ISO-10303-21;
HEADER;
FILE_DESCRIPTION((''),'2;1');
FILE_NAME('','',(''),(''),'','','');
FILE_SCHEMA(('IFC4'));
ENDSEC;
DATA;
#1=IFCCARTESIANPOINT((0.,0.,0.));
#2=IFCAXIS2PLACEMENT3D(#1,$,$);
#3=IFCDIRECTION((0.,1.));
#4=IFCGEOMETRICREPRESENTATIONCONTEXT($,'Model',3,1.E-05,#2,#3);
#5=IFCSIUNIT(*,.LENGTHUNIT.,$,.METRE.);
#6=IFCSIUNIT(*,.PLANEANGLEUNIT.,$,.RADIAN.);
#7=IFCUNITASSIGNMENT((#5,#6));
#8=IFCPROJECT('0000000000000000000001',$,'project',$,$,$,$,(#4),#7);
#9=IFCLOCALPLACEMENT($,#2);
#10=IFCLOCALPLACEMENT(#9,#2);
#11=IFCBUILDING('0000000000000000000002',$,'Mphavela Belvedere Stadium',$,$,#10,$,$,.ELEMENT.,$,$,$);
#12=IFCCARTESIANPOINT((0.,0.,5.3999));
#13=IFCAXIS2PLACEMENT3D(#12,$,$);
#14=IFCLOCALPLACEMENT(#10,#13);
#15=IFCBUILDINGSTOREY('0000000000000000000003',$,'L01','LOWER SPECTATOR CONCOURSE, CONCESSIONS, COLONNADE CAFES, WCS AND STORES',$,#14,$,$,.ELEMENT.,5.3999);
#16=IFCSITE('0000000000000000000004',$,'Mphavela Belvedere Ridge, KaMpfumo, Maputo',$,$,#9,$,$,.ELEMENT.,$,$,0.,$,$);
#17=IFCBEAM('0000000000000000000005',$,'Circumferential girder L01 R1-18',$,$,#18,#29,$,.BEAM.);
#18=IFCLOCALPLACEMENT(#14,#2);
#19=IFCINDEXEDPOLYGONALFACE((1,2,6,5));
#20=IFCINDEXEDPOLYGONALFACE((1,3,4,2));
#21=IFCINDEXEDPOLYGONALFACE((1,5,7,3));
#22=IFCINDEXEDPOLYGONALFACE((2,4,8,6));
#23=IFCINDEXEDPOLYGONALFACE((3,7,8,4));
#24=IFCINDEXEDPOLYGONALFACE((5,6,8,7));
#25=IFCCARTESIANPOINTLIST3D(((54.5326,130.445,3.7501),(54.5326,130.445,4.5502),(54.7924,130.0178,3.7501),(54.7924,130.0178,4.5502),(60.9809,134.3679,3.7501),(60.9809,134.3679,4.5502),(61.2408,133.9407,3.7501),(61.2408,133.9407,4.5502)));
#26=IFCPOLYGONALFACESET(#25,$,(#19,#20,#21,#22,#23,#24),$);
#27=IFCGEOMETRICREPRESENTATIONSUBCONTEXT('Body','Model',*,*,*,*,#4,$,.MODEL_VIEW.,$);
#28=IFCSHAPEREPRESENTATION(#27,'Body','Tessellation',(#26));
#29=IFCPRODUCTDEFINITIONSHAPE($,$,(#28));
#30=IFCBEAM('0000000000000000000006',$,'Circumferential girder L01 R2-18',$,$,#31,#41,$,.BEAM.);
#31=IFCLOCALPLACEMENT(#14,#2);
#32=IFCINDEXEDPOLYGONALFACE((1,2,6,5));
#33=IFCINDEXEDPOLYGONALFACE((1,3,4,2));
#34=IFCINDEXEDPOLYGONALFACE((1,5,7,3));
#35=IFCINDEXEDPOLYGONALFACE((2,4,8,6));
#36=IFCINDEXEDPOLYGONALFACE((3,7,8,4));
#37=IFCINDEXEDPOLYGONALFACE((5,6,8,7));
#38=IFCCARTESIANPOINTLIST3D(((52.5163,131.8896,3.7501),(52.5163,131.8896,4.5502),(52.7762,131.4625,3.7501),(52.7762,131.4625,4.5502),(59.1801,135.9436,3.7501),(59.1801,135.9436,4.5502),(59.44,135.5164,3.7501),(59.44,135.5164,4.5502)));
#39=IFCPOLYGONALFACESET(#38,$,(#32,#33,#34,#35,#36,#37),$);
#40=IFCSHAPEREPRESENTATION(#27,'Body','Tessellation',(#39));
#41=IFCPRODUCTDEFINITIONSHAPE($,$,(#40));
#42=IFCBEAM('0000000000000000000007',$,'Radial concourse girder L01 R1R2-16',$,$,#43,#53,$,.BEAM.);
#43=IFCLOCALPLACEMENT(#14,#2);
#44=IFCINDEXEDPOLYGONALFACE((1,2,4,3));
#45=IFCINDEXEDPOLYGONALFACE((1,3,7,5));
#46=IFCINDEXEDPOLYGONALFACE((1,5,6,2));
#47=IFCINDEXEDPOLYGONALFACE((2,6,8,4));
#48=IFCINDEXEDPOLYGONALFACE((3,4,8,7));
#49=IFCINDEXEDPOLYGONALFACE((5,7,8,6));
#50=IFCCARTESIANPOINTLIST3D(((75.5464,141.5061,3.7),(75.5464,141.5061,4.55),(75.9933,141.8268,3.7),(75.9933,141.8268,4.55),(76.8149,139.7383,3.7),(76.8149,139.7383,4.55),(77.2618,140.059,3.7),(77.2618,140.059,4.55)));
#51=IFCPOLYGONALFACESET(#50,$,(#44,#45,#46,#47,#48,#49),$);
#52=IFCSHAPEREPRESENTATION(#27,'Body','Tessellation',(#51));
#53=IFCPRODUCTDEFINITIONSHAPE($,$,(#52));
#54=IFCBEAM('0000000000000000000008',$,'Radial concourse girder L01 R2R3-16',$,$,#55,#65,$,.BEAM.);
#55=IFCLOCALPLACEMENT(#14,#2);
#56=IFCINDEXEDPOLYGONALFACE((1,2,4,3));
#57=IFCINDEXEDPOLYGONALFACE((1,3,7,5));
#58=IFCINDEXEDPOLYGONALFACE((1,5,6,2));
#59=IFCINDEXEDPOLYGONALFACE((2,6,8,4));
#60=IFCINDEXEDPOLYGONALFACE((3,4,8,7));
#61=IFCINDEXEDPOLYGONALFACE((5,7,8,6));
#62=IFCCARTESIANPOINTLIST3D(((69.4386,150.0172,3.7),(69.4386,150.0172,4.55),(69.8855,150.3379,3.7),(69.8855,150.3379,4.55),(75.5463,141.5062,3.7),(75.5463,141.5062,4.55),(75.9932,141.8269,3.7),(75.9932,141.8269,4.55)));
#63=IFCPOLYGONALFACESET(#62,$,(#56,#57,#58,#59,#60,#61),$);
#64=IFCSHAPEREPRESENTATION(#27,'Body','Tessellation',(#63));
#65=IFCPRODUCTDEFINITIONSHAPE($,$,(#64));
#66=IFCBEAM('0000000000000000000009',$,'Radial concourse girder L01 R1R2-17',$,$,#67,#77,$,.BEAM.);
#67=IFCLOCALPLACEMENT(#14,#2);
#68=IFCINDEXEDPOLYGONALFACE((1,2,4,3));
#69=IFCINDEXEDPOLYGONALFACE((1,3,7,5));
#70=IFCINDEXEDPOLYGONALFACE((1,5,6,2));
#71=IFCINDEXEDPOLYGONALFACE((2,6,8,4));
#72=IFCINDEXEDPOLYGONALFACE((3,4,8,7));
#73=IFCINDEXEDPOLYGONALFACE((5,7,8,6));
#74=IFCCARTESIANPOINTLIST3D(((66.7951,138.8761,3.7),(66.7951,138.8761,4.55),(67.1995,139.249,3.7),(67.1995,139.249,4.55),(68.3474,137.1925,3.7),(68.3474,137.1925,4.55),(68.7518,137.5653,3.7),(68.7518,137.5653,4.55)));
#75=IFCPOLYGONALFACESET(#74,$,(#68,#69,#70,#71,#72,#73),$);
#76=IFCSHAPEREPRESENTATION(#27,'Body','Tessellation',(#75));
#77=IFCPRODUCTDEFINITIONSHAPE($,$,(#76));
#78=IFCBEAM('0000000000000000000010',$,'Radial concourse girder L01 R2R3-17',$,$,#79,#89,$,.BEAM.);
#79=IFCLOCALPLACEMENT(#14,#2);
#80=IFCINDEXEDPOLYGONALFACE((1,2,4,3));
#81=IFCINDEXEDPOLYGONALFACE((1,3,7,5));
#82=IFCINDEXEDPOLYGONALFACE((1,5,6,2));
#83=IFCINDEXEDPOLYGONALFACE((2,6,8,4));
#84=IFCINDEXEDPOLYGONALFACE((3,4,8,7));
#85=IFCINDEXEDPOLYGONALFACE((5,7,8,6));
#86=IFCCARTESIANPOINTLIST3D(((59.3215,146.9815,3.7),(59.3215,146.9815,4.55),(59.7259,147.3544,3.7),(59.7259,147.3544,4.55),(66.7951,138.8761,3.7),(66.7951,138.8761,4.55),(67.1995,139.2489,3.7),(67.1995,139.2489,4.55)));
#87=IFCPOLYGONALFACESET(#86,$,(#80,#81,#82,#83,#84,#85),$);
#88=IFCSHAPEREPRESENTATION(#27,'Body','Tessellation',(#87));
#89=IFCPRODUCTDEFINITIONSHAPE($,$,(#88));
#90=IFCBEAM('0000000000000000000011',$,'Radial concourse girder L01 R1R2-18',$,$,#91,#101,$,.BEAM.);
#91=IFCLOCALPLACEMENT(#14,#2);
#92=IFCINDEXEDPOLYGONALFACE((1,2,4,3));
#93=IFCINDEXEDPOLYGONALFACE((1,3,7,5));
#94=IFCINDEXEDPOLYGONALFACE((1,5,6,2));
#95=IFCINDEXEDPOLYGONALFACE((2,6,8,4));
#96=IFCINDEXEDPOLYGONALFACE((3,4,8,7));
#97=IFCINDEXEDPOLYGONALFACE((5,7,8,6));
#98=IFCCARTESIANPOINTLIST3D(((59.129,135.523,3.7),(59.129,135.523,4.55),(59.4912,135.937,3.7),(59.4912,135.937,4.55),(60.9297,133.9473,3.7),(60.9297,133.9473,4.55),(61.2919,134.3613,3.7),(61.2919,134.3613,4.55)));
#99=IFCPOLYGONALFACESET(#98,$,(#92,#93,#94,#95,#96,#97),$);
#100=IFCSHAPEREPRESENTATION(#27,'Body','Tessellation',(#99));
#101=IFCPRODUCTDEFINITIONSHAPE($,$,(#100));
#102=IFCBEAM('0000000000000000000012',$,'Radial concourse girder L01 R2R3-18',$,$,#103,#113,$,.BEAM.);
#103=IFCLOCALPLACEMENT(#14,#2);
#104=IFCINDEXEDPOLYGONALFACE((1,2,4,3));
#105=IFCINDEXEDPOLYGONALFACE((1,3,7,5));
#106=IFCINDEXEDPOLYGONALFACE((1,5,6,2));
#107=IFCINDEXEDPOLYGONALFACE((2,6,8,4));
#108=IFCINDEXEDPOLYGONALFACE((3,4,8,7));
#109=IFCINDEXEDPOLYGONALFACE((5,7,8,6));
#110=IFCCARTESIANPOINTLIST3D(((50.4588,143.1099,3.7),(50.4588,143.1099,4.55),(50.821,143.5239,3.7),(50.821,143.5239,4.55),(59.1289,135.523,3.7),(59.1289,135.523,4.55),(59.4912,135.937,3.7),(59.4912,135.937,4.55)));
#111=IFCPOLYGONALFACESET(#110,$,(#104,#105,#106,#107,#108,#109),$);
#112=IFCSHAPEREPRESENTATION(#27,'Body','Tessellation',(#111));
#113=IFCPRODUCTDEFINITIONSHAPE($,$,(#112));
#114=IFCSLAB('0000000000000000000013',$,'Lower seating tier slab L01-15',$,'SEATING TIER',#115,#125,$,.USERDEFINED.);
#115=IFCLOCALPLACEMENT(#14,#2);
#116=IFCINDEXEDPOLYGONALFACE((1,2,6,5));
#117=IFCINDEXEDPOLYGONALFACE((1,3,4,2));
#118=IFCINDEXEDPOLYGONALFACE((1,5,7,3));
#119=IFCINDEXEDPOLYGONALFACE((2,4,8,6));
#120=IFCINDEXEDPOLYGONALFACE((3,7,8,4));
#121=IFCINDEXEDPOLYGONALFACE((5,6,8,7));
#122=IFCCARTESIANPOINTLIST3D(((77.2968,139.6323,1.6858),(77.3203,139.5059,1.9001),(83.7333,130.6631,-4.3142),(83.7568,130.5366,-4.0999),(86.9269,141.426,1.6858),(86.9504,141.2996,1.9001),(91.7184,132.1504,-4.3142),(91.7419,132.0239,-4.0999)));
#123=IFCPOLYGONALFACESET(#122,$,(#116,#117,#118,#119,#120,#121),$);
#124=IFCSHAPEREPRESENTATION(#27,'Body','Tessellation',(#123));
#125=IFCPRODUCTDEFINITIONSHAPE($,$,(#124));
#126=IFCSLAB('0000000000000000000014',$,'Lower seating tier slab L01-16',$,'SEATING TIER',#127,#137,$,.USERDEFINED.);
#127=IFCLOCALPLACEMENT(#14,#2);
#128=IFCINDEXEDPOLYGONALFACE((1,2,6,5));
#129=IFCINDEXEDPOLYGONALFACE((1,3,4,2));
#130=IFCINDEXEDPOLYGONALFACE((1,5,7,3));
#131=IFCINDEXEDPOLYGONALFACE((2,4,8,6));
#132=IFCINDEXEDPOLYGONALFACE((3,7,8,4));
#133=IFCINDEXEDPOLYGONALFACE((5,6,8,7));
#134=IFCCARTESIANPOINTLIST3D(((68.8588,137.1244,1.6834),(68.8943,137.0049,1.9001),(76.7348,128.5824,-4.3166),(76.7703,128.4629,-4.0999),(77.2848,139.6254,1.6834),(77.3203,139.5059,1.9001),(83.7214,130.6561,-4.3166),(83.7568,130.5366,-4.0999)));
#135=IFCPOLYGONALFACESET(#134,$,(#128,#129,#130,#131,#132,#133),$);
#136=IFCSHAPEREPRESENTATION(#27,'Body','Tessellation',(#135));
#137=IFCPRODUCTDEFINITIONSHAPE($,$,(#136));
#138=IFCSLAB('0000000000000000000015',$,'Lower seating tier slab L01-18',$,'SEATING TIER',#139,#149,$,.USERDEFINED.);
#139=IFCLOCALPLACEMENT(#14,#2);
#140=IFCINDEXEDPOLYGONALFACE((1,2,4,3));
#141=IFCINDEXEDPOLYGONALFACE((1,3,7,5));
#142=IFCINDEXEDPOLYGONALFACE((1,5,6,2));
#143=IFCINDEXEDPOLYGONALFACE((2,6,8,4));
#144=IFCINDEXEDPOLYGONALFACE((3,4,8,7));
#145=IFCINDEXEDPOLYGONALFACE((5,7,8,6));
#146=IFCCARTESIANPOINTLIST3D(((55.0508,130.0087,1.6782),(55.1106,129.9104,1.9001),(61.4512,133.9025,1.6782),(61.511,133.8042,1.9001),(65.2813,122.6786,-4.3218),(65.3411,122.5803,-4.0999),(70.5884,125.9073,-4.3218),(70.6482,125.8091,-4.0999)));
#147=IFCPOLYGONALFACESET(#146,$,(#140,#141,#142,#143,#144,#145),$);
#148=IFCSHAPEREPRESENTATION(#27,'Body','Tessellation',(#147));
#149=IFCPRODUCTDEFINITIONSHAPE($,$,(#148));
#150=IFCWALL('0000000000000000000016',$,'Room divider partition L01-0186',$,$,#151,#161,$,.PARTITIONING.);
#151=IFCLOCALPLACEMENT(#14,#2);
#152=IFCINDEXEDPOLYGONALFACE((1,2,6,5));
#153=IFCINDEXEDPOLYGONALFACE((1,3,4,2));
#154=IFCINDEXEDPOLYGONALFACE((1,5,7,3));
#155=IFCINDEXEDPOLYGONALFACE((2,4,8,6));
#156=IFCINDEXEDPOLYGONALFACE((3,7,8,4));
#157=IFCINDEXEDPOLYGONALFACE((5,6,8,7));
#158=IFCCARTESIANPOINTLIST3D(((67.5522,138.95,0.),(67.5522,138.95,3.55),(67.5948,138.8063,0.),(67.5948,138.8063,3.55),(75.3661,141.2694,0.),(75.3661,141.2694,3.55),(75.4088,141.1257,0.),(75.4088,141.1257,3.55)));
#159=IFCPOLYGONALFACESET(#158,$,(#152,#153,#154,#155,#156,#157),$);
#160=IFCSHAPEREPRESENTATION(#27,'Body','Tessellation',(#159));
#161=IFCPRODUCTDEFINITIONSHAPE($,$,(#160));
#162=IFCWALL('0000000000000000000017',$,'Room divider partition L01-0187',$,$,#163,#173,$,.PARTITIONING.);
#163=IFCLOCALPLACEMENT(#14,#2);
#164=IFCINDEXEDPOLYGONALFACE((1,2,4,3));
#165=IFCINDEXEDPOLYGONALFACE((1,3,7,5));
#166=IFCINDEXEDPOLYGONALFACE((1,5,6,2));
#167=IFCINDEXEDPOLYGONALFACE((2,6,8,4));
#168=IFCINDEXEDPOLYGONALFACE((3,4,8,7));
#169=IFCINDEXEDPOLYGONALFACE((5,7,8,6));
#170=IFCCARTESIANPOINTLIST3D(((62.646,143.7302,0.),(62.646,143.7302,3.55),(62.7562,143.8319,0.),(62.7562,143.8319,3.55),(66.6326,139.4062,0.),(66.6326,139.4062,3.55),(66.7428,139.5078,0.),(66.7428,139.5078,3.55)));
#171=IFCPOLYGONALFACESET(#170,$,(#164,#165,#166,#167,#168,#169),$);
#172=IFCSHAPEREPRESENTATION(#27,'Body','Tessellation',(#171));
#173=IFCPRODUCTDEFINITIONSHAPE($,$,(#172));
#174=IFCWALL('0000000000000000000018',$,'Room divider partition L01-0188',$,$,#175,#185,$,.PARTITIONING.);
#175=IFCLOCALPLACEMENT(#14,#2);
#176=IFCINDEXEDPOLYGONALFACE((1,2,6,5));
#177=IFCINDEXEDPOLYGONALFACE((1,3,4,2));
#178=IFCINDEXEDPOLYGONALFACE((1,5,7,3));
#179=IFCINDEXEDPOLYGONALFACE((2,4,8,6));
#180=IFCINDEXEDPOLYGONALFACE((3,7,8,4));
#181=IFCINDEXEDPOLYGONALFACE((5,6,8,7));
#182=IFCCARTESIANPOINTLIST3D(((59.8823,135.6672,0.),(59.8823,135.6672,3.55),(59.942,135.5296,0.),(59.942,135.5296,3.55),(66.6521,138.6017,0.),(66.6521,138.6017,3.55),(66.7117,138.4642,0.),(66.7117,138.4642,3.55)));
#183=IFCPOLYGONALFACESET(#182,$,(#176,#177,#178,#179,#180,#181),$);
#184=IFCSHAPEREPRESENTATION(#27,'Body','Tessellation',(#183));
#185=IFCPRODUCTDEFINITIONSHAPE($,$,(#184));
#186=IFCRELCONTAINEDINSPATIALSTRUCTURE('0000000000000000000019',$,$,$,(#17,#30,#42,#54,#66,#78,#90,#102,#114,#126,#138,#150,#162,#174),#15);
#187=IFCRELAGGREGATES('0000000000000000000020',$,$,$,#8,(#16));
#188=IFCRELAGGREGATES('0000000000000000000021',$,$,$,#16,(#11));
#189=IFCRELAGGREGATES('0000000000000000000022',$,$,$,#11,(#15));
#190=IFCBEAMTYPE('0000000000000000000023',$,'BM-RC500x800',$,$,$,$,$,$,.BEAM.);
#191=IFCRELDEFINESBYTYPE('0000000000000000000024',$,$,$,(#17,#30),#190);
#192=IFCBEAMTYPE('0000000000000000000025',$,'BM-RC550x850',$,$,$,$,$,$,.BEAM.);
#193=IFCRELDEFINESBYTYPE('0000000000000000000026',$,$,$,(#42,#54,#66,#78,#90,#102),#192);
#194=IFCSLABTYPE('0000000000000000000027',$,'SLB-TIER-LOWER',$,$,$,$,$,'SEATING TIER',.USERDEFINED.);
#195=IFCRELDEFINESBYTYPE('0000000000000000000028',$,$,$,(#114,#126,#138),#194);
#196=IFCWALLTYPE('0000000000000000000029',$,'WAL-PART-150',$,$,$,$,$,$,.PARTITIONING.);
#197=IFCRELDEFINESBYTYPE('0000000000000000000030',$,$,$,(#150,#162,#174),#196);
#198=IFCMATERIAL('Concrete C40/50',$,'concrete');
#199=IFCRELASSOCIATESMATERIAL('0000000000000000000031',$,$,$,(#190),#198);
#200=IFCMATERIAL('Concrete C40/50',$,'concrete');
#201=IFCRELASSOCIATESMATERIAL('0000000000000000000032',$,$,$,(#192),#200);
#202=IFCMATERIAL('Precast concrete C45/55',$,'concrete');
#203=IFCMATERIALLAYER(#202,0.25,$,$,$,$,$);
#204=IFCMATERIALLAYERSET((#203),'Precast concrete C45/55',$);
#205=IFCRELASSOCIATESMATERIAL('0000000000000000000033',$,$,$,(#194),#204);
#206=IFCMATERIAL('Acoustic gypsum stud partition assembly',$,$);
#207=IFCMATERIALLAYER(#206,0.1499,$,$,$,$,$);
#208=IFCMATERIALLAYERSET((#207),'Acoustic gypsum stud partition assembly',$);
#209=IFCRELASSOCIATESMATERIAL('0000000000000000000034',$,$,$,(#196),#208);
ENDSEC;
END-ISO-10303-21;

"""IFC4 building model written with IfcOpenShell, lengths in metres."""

from ifc_helpers import new_model, si_unit, direction, frame, frame_2d, origin, origin_2d, place, context, subcontext, project, spatial, polyline, rectangle, outline, extrude, material, layer, layer_set, material_profile, profile_set, type_object, element, save


model = new_model("IFC4")

# Units and contexts
model_context = context("Model", 3, precision=1e-05, world=origin(), true_north=direction((0.0, 1.0)))
body_context = subcontext(model_context, "Body", "Model", "MODEL_VIEW")
ifc_project = project(units=[si_unit("LENGTHUNIT", "METRE"), si_unit("PLANEANGLEUNIT", "RADIAN")], contexts=[model_context])

# Site, building, storey
site_placement = place(None, origin())
site = spatial("IfcSite", under=ifc_project, at=site_placement, Name="Mphavela Belvedere Ridge, KaMpfumo, Maputo", CompositionType="ELEMENT", RefElevation=0.0)
building_placement = place(site_placement, origin())
building = spatial("IfcBuilding", under=site, at=building_placement, Name="Mphavela Belvedere Stadium", CompositionType="ELEMENT")
storey_placement = place(building_placement, frame((0.0, 0.0, 5.3999)))
storey = spatial("IfcBuildingStorey", under=building, at=storey_placement, Name="L01", Description="LOWER SPECTATOR CONCOURSE, CONCESSIONS, COLONNADE CAFES, WCS AND STORES", CompositionType="ELEMENT", Elevation=5.3999)

# Beams
ifc_material_1 = material(Name="Concrete C40/50", Category="concrete")
ifc_material_profile_1 = material_profile(ifc_material_1, rectangle(XDim=0.5, YDim=0.8, at=origin_2d()), Name="RC 500x800")
ifc_profile_set_1 = profile_set([ifc_material_profile_1], Name="Concrete C40/50")
beam_type_1 = type_object("IfcBeamType", Name="BM-RC500x800", PredefinedType="BEAM", material=ifc_profile_set_1)
beam_1_placement = place(storey_placement, frame((61.1108, 134.1543, 4.1501), z_axis=(-0.854326, -0.519738, 0.0), x_axis=(0.519738, -0.854326, 0.0)))
element("IfcBeam", 1, at=beam_1_placement, inside=storey, type_object=beam_type_1, Name="Circumferential girder L01 R1-18", PredefinedType="BEAM", context=body_context, shape_type="SweptSolid", body=[
    extrude(rectangle(XDim=0.5, YDim=0.8, at=origin_2d()), origin(), (0.0, 0.0, 1.0), 7.5479),
])
beam_2_placement = place(storey_placement, frame((59.3101, 135.73, 4.1501), z_axis=(-0.854328, -0.519733, 0.0), x_axis=(0.519733, -0.854328, 0.0)))
element("IfcBeam", 2, at=beam_2_placement, inside=storey, type_object=beam_type_1, Name="Circumferential girder L01 R2-18", PredefinedType="BEAM", context=body_context, shape_type="SweptSolid", body=[
    extrude(rectangle(XDim=0.5, YDim=0.8, at=origin_2d()), origin(), (0.0, 0.0, 1.0), 7.8),
])
ifc_material_2 = material(Name="Concrete C40/50", Category="concrete")
ifc_material_profile_2 = material_profile(ifc_material_2, rectangle(XDim=0.55, YDim=0.8501, at=origin_2d()), Name="RC 550x850")
ifc_profile_set_2 = profile_set([ifc_material_profile_2], Name="Concrete C40/50")
beam_type_2 = type_object("IfcBeamType", Name="BM-RC550x850", PredefinedType="BEAM", material=ifc_profile_set_2)
beam_3_placement = place(storey_placement, frame((77.0383, 139.8987, 4.125), z_axis=(-0.583009, 0.812465, 0.0), x_axis=(-0.812465, -0.583009, 0.0)))
element("IfcBeam", 3, at=beam_3_placement, inside=storey, type_object=beam_type_2, Name="Radial concourse girder L01 R1R2-16", PredefinedType="BEAM", context=body_context, shape_type="SweptSolid", body=[
    extrude(rectangle(XDim=0.55, YDim=0.8501, at=origin_2d()), origin(), (0.0, 0.0, 1.0), 2.1758),
])
beam_4_placement = place(storey_placement, frame((75.7698, 141.6665, 4.125), z_axis=(-0.583031, 0.81245, 0.0), x_axis=(-0.81245, -0.583031, 0.0)))
element("IfcBeam", 4, at=beam_4_placement, inside=storey, type_object=beam_type_2, Name="Radial concourse girder L01 R2R3-16", PredefinedType="BEAM", context=body_context, shape_type="SweptSolid", body=[
    extrude(rectangle(XDim=0.55, YDim=0.8501, at=origin_2d()), origin(), (0.0, 0.0, 1.0), 10.4758),
])
beam_5_placement = place(storey_placement, frame((68.5496, 137.3789, 4.125), z_axis=(-0.677846, 0.735204, 0.0), x_axis=(-0.735204, -0.677846, 0.0)))
element("IfcBeam", 5, at=beam_5_placement, inside=storey, type_object=beam_type_2, Name="Radial concourse girder L01 R1R2-17", PredefinedType="BEAM", context=body_context, shape_type="SweptSolid", body=[
    extrude(rectangle(XDim=0.55, YDim=0.8501, at=origin_2d()), origin(), (0.0, 0.0, 1.0), 2.29),
])
beam_6_placement = place(storey_placement, frame((66.9973, 139.0625, 4.125), z_axis=(-0.677872, 0.73518, 0.0), x_axis=(-0.73518, -0.677872, 0.0)))
element("IfcBeam", 6, at=beam_6_placement, inside=storey, type_object=beam_type_2, Name="Radial concourse girder L01 R2R3-17", PredefinedType="BEAM", context=body_context, shape_type="SweptSolid", body=[
    extrude(rectangle(XDim=0.55, YDim=0.8501, at=origin_2d()), origin(), (0.0, 0.0, 1.0), 11.0251),
])
beam_7_placement = place(storey_placement, frame((61.1108, 134.1543, 4.125), z_axis=(-0.752577, 0.658505, 0.0), x_axis=(-0.658505, -0.752577, 0.0)))
element("IfcBeam", 7, at=beam_7_placement, inside=storey, type_object=beam_type_2, Name="Radial concourse girder L01 R1R2-18", PredefinedType="BEAM", context=body_context, shape_type="SweptSolid", body=[
    extrude(rectangle(XDim=0.55, YDim=0.8501, at=origin_2d()), origin(), (0.0, 0.0, 1.0), 2.3928),
])
beam_8_placement = place(storey_placement, frame((59.3101, 135.73, 4.125), z_axis=(-0.752554, 0.65853, 0.0), x_axis=(-0.65853, -0.752554, 0.0)))
element("IfcBeam", 8, at=beam_8_placement, inside=storey, type_object=beam_type_2, Name="Radial concourse girder L01 R2R3-18", PredefinedType="BEAM", context=body_context, shape_type="SweptSolid", body=[
    extrude(rectangle(XDim=0.55, YDim=0.8501, at=origin_2d()), origin(), (0.0, 0.0, 1.0), 11.521),
])

# Slabs
ifc_material_3 = material(Name="Precast concrete C45/55", Category="concrete")
ifc_layer_1 = layer(ifc_material_3, 0.25)
ifc_layer_set_1 = layer_set([ifc_layer_1], Name="Precast concrete C45/55")
slab_type = type_object("IfcSlabType", Name="SLB-TIER-LOWER", ElementType="SEATING TIER", PredefinedType="USERDEFINED", material=ifc_layer_set_1)
slab_1_placement = place(storey_placement, frame((91.7419, 132.0239, -4.0999), z_axis=(0.094236, -0.505939, 0.857406), x_axis=(-0.983092, -0.183111, 0.0)))
element("IfcSlab", 9, at=slab_1_placement, inside=storey, type_object=slab_type, Name="Lower seating tier slab L01-15", ObjectType="SEATING TIER", PredefinedType="USERDEFINED", context=body_context, shape_type="SweptSolid", body=[
    extrude(outline(polyline([(0.0, 0.0), (8.1224, 0.0), (12.8078, -11.6586), (3.012, -11.6586), (0.0, 0.0)])), origin(), (0.0, 0.0, -1.0), 0.25),
])
slab_2_placement = place(storey_placement, frame((83.7568, 130.5366, -4.0999), z_axis=(0.141887, -0.478031, 0.866807), x_axis=(-0.958662, -0.284547, 0.0)))
element("IfcSlab", 10, at=slab_2_placement, inside=storey, type_object=slab_type, Name="Lower seating tier slab L01-16", ObjectType="SEATING TIER", PredefinedType="USERDEFINED", context=body_context, shape_type="SweptSolid", body=[
    extrude(outline(polyline([(0.0, 0.0), (7.2878, 0.0), (12.4076, -12.0326), (3.6183, -12.0326), (0.0, 0.0)])), origin(), (0.0, 0.0, -1.0), 0.25),
])
slab_3_placement = place(storey_placement, frame((70.6482, 125.8091, -4.0999), z_axis=(0.239118, -0.393043, 0.887885), x_axis=(-0.854318, -0.51975, -0.000002)))
element("IfcSlab", 11, at=slab_3_placement, inside=storey, type_object=slab_type, Name="Lower seating tier slab L01-18", ObjectType="SEATING TIER", PredefinedType="USERDEFINED", context=body_context, shape_type="SweptSolid", body=[
    extrude(outline(polyline([(0.0, 0.0), (6.2121, 0.0), (11.1424, -13.0417), (3.6506, -13.0416), (0.0, 0.0)])), origin(), (0.0, 0.0, -1.0), 0.25),
])

# Walls
ifc_material_4 = material(Name="Acoustic gypsum stud partition assembly")
ifc_layer_2 = layer(ifc_material_4, 0.1499)
ifc_layer_set_2 = layer_set([ifc_layer_2], Name="Acoustic gypsum stud partition assembly")
wall_type = type_object("IfcWallType", Name="WAL-PART-150", PredefinedType="PARTITIONING", material=ifc_layer_set_2)
wall_1_placement = place(storey_placement, frame((75.3875, 141.1975, 0.0), z_axis=(0.0, 0.0, 1.0), x_axis=(-0.958661, -0.284549, 0.0)))
element("IfcWall", 12, at=wall_1_placement, inside=storey, type_object=wall_type, Name="Room divider partition L01-0186", PredefinedType="PARTITIONING", context=body_context, shape_type="SweptSolid", body=[
    extrude(rectangle(XDim=8.1509, YDim=0.1499, at=frame_2d((4.0754, 0.0))), origin(), (0.0, 0.0, 1.0), 3.55),
])
wall_2_placement = place(storey_placement, frame((66.6877, 139.457, 0.0), z_axis=(0.0, 0.0, 1.0), x_axis=(-0.67784, 0.735209, 0.0)))
element("IfcWall", 13, at=wall_2_placement, inside=storey, type_object=wall_type, Name="Room divider partition L01-0187", PredefinedType="PARTITIONING", context=body_context, shape_type="SweptSolid", body=[
    extrude(rectangle(XDim=5.8813, YDim=0.1499, at=frame_2d((2.9407, 0.0))), origin(), (0.0, 0.0, 1.0), 3.55),
])
wall_3_placement = place(storey_placement, frame((66.6819, 138.533, 0.0), z_axis=(0.0, 0.0, 1.0), x_axis=(-0.917506, -0.397722, 0.0)))
element("IfcWall", 14, at=wall_3_placement, inside=storey, type_object=wall_type, Name="Room divider partition L01-0188", PredefinedType="PARTITIONING", context=body_context, shape_type="SweptSolid", body=[
    extrude(rectangle(XDim=7.3784, YDim=0.1499, at=frame_2d((3.6892, 0.0))), origin(), (0.0, 0.0, 1.0), 3.55),
])

save(model, "model.ifc")
